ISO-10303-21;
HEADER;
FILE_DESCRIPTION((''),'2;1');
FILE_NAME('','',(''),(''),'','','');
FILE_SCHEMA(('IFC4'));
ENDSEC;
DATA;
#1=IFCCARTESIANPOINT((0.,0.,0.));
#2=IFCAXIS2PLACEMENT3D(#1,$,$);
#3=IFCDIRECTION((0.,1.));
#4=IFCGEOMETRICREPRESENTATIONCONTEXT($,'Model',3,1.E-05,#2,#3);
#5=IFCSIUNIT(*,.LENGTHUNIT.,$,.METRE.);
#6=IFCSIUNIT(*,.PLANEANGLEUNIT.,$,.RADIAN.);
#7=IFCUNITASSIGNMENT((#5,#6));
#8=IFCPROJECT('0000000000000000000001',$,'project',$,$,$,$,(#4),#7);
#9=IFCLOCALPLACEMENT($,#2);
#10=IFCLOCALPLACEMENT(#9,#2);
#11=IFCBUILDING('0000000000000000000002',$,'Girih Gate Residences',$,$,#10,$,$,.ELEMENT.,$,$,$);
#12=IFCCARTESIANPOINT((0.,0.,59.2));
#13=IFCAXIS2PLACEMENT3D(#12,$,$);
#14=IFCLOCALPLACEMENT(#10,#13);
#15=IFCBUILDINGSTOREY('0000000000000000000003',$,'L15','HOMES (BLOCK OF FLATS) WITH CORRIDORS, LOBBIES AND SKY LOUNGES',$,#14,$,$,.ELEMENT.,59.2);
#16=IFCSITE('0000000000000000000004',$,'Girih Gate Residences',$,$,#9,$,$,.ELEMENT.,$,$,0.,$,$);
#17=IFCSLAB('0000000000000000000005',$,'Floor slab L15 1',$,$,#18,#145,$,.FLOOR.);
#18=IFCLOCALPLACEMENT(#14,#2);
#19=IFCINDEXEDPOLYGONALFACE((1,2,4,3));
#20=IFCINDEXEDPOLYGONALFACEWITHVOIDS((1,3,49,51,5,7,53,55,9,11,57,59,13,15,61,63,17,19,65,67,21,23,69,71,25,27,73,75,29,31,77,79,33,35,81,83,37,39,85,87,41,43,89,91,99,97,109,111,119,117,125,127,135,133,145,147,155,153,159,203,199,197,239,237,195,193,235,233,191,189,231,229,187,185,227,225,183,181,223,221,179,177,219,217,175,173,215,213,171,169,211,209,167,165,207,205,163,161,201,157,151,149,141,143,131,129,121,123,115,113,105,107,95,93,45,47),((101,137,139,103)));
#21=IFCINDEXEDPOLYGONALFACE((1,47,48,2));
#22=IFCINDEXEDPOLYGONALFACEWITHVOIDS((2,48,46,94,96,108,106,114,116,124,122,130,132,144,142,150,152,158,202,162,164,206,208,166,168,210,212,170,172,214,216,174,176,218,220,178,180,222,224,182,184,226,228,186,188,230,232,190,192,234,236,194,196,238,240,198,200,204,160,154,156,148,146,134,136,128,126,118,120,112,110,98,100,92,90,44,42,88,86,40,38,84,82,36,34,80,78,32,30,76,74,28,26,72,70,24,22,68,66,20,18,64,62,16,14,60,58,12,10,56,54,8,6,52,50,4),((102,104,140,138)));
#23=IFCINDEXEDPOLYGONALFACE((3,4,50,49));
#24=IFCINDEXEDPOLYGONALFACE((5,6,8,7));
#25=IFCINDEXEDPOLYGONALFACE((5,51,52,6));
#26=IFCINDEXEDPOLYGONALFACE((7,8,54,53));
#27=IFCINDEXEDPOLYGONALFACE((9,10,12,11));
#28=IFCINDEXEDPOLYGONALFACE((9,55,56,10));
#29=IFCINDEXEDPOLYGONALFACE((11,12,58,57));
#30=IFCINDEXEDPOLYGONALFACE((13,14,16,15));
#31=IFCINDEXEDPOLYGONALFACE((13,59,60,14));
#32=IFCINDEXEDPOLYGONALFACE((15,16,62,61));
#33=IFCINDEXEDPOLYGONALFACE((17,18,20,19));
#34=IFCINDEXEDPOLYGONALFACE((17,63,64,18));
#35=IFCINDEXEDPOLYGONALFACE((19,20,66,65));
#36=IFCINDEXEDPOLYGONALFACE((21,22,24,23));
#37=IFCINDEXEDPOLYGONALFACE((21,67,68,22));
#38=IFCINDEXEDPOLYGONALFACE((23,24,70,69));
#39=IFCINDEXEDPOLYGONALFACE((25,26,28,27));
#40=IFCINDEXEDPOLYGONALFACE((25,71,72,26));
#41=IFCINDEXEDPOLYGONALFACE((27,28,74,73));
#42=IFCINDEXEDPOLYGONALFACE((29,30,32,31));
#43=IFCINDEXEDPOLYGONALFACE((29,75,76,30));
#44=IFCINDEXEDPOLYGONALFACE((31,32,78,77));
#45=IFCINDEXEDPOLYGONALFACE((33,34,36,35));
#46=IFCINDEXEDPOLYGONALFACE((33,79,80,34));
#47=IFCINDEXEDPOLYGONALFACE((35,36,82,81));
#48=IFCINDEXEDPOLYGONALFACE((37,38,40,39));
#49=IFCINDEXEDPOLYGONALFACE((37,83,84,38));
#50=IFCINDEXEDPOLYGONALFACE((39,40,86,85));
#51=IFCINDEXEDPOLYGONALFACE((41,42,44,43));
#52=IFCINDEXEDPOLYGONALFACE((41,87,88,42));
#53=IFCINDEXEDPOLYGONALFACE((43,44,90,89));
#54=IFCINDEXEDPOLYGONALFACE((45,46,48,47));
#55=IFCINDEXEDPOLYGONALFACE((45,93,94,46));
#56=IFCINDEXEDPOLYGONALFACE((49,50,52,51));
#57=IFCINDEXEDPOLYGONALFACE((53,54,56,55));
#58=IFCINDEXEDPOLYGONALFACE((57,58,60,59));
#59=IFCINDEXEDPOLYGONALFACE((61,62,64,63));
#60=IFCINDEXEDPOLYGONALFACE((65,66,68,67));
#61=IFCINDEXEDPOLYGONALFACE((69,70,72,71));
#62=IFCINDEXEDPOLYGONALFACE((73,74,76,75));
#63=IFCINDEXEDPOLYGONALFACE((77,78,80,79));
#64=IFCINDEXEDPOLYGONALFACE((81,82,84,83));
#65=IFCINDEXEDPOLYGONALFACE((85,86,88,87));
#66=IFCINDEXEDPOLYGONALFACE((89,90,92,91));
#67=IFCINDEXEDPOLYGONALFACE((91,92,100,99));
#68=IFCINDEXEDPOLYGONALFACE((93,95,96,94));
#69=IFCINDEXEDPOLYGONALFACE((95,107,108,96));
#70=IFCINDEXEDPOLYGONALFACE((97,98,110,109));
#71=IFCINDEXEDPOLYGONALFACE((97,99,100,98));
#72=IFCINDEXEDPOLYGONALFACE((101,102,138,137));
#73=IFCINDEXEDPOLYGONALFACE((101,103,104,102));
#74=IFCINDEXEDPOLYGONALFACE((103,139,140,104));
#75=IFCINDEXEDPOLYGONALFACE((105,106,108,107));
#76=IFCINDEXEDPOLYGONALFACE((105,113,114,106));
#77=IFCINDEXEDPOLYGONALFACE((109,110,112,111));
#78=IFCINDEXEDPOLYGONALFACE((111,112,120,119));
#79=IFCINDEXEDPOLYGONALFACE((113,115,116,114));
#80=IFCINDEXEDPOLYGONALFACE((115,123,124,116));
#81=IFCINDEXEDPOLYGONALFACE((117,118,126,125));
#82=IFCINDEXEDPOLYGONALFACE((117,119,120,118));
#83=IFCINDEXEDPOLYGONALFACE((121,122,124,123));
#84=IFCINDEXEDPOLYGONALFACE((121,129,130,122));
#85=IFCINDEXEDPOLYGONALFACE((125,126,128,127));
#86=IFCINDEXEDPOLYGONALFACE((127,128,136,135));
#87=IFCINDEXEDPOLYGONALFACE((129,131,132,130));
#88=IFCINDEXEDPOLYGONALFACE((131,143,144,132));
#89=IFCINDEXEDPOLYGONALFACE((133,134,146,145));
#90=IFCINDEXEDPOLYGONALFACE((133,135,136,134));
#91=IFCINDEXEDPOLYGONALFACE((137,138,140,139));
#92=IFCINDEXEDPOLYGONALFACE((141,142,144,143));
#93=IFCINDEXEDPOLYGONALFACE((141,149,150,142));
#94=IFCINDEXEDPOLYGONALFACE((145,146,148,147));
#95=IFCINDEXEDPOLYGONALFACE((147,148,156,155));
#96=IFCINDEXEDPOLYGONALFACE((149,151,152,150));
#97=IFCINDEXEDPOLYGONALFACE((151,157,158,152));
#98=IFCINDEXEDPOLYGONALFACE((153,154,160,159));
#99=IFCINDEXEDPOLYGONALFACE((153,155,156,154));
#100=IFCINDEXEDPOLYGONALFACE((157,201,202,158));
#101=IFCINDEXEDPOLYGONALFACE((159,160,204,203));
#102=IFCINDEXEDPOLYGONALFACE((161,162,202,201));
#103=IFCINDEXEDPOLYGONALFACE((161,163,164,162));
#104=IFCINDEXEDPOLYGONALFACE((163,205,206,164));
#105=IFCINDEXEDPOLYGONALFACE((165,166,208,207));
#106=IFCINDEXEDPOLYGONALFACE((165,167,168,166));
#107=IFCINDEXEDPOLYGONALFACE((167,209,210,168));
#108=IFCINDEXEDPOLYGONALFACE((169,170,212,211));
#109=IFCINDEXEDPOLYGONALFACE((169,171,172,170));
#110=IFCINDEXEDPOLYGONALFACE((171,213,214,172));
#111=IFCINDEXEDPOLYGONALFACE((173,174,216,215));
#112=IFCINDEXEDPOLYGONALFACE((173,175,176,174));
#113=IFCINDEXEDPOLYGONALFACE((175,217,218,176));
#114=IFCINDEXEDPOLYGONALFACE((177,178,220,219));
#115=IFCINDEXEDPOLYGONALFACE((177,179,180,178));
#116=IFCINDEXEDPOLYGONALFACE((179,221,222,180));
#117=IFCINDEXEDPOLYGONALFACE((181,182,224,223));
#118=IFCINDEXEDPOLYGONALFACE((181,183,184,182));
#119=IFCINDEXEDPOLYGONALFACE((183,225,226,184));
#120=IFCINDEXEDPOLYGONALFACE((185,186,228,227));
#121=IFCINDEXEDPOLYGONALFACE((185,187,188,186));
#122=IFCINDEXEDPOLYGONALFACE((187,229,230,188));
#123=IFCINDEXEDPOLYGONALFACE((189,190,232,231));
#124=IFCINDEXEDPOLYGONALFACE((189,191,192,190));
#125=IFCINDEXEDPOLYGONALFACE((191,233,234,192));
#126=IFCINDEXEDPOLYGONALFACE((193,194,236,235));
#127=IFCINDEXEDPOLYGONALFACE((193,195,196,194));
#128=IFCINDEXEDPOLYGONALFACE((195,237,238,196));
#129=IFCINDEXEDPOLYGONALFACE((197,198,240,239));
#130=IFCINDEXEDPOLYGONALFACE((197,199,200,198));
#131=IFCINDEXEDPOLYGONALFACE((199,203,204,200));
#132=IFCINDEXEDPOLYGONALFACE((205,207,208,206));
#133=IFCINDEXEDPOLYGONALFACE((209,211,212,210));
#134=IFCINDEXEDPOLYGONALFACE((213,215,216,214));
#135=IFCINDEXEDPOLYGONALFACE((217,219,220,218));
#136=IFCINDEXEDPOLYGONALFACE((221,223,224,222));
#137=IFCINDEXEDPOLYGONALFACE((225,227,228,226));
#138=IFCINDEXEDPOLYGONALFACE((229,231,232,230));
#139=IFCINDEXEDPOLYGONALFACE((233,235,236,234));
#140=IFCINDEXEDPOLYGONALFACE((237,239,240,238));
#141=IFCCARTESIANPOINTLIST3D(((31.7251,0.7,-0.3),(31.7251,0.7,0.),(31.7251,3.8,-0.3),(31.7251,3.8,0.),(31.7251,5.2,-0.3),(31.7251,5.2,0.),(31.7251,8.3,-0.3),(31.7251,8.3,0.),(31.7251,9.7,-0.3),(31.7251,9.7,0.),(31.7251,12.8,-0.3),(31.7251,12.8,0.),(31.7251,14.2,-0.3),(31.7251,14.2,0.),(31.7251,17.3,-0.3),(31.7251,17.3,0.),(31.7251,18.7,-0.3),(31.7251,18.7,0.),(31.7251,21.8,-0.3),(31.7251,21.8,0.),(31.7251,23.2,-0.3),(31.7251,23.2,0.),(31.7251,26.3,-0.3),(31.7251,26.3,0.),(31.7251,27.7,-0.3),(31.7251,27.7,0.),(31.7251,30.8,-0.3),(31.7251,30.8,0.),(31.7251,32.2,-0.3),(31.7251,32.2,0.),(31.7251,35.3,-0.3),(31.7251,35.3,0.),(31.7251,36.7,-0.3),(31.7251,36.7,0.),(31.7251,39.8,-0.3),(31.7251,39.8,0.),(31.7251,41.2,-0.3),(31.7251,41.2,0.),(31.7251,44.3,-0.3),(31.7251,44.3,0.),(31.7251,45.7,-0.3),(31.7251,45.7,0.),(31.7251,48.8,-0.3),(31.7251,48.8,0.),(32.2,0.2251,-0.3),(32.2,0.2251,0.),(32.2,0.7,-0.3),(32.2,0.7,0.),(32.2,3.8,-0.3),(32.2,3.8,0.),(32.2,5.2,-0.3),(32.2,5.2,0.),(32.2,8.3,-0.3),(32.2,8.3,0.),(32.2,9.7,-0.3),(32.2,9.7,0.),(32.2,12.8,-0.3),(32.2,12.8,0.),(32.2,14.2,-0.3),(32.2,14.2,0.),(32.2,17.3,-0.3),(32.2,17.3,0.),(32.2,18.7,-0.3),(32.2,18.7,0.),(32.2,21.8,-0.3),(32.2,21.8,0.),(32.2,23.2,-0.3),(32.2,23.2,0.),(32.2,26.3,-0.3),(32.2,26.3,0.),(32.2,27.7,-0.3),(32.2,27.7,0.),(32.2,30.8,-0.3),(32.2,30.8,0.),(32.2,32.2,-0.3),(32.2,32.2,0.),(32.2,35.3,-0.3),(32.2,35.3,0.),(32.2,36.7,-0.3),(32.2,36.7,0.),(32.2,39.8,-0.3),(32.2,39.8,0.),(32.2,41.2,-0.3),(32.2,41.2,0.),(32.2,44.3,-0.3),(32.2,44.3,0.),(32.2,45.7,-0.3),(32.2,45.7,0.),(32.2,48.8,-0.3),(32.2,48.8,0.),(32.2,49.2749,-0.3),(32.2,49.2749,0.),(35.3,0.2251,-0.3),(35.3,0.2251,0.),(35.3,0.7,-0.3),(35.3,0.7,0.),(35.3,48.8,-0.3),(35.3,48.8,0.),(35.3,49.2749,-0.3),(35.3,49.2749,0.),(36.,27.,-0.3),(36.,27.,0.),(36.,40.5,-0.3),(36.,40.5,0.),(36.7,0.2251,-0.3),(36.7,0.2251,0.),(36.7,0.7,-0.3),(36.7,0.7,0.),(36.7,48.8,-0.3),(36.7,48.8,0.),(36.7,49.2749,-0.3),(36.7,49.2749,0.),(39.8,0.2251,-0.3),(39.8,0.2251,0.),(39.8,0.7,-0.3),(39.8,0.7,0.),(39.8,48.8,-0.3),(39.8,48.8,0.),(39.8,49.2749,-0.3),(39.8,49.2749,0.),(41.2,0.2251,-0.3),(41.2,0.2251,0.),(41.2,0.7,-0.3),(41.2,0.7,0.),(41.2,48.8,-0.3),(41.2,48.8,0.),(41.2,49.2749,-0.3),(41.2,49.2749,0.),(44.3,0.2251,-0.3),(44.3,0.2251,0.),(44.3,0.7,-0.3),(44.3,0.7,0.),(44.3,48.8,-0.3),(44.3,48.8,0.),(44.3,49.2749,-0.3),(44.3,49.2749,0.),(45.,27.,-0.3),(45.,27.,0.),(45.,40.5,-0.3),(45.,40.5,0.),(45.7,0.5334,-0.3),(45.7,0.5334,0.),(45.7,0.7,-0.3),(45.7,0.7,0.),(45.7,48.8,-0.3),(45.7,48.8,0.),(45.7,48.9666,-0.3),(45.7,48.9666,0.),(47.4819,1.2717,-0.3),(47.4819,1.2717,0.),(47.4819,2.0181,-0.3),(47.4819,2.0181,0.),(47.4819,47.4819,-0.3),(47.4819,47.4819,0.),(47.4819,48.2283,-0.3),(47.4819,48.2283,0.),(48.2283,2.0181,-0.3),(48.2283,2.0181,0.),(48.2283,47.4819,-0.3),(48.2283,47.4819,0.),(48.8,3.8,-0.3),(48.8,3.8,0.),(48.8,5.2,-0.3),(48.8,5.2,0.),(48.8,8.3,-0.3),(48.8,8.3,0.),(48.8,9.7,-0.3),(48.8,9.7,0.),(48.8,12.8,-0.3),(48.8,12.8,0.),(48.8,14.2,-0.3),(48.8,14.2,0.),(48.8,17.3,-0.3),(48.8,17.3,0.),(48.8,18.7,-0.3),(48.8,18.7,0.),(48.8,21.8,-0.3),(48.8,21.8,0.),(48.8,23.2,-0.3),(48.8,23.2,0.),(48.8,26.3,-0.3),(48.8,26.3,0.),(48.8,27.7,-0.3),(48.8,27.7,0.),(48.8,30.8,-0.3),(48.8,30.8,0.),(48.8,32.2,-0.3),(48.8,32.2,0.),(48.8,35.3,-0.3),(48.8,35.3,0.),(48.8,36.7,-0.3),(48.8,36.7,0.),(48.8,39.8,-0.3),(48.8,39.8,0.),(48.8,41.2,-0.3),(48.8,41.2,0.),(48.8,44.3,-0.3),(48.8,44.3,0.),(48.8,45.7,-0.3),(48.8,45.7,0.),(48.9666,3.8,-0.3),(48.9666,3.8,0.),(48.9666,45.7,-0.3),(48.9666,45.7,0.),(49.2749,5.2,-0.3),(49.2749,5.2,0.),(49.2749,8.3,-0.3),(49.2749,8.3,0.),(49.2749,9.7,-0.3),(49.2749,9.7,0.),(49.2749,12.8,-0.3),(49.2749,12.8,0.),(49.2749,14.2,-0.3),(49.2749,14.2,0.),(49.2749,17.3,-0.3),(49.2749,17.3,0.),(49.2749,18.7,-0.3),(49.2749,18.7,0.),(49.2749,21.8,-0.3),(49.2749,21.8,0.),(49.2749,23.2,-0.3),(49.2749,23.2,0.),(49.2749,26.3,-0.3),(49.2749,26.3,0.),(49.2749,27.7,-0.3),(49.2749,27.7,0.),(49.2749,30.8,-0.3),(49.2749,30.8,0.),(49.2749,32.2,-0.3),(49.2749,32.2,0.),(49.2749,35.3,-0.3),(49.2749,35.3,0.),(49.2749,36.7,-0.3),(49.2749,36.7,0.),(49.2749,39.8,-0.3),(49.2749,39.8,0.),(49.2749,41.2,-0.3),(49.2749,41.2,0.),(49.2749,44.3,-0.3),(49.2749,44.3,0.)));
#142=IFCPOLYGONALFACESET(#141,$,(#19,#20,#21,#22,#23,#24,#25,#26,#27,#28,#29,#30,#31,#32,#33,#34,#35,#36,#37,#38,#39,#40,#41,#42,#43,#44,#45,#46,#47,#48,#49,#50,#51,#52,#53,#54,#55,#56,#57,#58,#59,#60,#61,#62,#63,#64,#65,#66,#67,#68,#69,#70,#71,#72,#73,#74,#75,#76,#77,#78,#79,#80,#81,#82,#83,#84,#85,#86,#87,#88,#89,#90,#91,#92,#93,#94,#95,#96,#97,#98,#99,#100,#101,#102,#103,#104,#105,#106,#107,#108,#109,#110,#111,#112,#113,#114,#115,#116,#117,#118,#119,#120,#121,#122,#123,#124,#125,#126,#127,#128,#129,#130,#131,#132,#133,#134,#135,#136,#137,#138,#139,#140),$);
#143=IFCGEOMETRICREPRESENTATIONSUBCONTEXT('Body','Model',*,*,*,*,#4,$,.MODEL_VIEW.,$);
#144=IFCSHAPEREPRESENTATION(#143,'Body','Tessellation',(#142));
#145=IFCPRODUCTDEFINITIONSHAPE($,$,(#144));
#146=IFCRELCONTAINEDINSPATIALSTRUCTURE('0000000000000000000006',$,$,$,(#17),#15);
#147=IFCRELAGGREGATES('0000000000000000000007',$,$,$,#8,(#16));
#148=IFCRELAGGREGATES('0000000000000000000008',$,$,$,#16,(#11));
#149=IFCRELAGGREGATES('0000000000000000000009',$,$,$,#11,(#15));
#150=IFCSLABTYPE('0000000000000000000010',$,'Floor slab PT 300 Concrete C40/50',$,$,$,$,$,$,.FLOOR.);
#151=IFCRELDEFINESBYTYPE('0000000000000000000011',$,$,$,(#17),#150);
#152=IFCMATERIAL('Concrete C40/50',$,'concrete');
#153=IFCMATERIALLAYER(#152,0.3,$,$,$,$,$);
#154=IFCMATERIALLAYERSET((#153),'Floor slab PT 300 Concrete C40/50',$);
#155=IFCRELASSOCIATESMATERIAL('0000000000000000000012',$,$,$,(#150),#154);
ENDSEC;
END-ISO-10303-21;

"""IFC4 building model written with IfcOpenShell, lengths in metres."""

from ifc_helpers import new_model, si_unit, direction, frame, origin, place, context, subcontext, project, spatial, polyline, outline, extrude, material, layer, layer_set, type_object, element, save


model = new_model("IFC4")

# Units and contexts
model_context = context("Model", 3, precision=1e-05, world=origin(), true_north=direction((0.0, 1.0)))
body_context = subcontext(model_context, "Body", "Model", "MODEL_VIEW")
ifc_project = project(units=[si_unit("LENGTHUNIT", "METRE"), si_unit("PLANEANGLEUNIT", "RADIAN")], contexts=[model_context])

# Site, building, storey
site_placement = place(None, origin())
site = spatial("IfcSite", under=ifc_project, at=site_placement, Name="Girih Gate Residences", CompositionType="ELEMENT", RefElevation=0.0)
building_placement = place(site_placement, origin())
building = spatial("IfcBuilding", under=site, at=building_placement, Name="Girih Gate Residences", CompositionType="ELEMENT")
storey_placement = place(building_placement, frame((0.0, 0.0, 59.2)))
storey = spatial("IfcBuildingStorey", under=building, at=storey_placement, Name="L15", Description="HOMES (BLOCK OF FLATS) WITH CORRIDORS, LOBBIES AND SKY LOUNGES", CompositionType="ELEMENT", Elevation=59.2)

# Slab
ifc_material_1 = material(Name="Concrete C40/50", Category="concrete")
ifc_layer_1 = layer(ifc_material_1, 0.3)
ifc_layer_set_1 = layer_set([ifc_layer_1], Name="Floor slab PT 300 Concrete C40/50")
slab_type_1 = type_object("IfcSlabType", Name="Floor slab PT 300 Concrete C40/50", PredefinedType="FLOOR", material=ifc_layer_set_1)
slab_1_placement = place(storey_placement, frame((0.0, 0.0, -0.3)))
element("IfcSlab", 1, at=slab_1_placement, inside=storey, type_object=slab_type_1, Name="Floor slab L15 1", PredefinedType="FLOOR", context=body_context, shape_type="SweptSolid", body=[
    extrude(outline(polyline([(35.3, 49.2749), (32.2, 49.2749), (32.2, 48.8), (31.7251, 48.8), (31.7251, 45.7), (32.2, 45.7), (32.2, 44.3), (31.7251, 44.3), (31.7251, 41.2), (32.2, 41.2), (32.2, 39.8), (31.7251, 39.8), (31.7251, 36.7), (32.2, 36.7), (32.2, 35.3), (31.7251, 35.3), (31.7251, 32.2), (32.2, 32.2), (32.2, 30.8), (31.7251, 30.8), (31.7251, 27.7), (32.2, 27.7), (32.2, 26.3), (31.7251, 26.3), (31.7251, 23.2), (32.2, 23.2), (32.2, 21.8), (31.7251, 21.8), (31.7251, 18.7), (32.2, 18.7), (32.2, 17.3), (31.7251, 17.3), (31.7251, 14.2), (32.2, 14.2), (32.2, 12.8), (31.7251, 12.8), (31.7251, 9.7), (32.2, 9.7), (32.2, 8.3), (31.7251, 8.3), (31.7251, 5.2), (32.2, 5.2), (32.2, 3.8), (31.7251, 3.8), (31.7251, 0.7), (32.2, 0.7), (32.2, 0.2251), (35.3, 0.2251), (35.3, 0.7), (36.7, 0.7), (36.7, 0.2251), (39.8, 0.2251), (39.8, 0.7), (41.2, 0.7), (41.2, 0.2251), (44.3, 0.2251), (44.3, 0.7), (45.7, 0.7), (45.7, 0.5334), (47.4819, 1.2717), (47.4819, 2.0181), (48.2283, 2.0181), (48.9666, 3.8), (48.8, 3.8), (48.8, 5.2), (49.2749, 5.2), (49.2749, 8.3), (48.8, 8.3), (48.8, 9.7), (49.2749, 9.7), (49.2749, 12.8), (48.8, 12.8), (48.8, 14.2), (49.2749, 14.2), (49.2749, 17.3), (48.8, 17.3), (48.8, 18.7), (49.2749, 18.7), (49.2749, 21.8), (48.8, 21.8), (48.8, 23.2), (49.2749, 23.2), (49.2749, 26.3), (48.8, 26.3), (48.8, 27.7), (49.2749, 27.7), (49.2749, 30.8), (48.8, 30.8), (48.8, 32.2), (49.2749, 32.2), (49.2749, 35.3), (48.8, 35.3), (48.8, 36.7), (49.2749, 36.7), (49.2749, 39.8), (48.8, 39.8), (48.8, 41.2), (49.2749, 41.2), (49.2749, 44.3), (48.8, 44.3), (48.8, 45.7), (48.9666, 45.7), (48.2283, 47.4819), (47.4819, 47.4819), (47.4819, 48.2283), (45.7, 48.9666), (45.7, 48.8), (44.3, 48.8), (44.3, 49.2749), (41.2, 49.2749), (41.2, 48.8), (39.8, 48.8), (39.8, 49.2749), (36.7, 49.2749), (36.7, 48.8), (35.3, 48.8), (35.3, 49.2749)]), holes=[polyline([(45.0, 40.5), (45.0, 27.0), (36.0, 27.0), (36.0, 40.5), (45.0, 40.5)])]), origin(), (0.0, 0.0, 1.0), 0.3),
])

save(model, "model.ifc")
